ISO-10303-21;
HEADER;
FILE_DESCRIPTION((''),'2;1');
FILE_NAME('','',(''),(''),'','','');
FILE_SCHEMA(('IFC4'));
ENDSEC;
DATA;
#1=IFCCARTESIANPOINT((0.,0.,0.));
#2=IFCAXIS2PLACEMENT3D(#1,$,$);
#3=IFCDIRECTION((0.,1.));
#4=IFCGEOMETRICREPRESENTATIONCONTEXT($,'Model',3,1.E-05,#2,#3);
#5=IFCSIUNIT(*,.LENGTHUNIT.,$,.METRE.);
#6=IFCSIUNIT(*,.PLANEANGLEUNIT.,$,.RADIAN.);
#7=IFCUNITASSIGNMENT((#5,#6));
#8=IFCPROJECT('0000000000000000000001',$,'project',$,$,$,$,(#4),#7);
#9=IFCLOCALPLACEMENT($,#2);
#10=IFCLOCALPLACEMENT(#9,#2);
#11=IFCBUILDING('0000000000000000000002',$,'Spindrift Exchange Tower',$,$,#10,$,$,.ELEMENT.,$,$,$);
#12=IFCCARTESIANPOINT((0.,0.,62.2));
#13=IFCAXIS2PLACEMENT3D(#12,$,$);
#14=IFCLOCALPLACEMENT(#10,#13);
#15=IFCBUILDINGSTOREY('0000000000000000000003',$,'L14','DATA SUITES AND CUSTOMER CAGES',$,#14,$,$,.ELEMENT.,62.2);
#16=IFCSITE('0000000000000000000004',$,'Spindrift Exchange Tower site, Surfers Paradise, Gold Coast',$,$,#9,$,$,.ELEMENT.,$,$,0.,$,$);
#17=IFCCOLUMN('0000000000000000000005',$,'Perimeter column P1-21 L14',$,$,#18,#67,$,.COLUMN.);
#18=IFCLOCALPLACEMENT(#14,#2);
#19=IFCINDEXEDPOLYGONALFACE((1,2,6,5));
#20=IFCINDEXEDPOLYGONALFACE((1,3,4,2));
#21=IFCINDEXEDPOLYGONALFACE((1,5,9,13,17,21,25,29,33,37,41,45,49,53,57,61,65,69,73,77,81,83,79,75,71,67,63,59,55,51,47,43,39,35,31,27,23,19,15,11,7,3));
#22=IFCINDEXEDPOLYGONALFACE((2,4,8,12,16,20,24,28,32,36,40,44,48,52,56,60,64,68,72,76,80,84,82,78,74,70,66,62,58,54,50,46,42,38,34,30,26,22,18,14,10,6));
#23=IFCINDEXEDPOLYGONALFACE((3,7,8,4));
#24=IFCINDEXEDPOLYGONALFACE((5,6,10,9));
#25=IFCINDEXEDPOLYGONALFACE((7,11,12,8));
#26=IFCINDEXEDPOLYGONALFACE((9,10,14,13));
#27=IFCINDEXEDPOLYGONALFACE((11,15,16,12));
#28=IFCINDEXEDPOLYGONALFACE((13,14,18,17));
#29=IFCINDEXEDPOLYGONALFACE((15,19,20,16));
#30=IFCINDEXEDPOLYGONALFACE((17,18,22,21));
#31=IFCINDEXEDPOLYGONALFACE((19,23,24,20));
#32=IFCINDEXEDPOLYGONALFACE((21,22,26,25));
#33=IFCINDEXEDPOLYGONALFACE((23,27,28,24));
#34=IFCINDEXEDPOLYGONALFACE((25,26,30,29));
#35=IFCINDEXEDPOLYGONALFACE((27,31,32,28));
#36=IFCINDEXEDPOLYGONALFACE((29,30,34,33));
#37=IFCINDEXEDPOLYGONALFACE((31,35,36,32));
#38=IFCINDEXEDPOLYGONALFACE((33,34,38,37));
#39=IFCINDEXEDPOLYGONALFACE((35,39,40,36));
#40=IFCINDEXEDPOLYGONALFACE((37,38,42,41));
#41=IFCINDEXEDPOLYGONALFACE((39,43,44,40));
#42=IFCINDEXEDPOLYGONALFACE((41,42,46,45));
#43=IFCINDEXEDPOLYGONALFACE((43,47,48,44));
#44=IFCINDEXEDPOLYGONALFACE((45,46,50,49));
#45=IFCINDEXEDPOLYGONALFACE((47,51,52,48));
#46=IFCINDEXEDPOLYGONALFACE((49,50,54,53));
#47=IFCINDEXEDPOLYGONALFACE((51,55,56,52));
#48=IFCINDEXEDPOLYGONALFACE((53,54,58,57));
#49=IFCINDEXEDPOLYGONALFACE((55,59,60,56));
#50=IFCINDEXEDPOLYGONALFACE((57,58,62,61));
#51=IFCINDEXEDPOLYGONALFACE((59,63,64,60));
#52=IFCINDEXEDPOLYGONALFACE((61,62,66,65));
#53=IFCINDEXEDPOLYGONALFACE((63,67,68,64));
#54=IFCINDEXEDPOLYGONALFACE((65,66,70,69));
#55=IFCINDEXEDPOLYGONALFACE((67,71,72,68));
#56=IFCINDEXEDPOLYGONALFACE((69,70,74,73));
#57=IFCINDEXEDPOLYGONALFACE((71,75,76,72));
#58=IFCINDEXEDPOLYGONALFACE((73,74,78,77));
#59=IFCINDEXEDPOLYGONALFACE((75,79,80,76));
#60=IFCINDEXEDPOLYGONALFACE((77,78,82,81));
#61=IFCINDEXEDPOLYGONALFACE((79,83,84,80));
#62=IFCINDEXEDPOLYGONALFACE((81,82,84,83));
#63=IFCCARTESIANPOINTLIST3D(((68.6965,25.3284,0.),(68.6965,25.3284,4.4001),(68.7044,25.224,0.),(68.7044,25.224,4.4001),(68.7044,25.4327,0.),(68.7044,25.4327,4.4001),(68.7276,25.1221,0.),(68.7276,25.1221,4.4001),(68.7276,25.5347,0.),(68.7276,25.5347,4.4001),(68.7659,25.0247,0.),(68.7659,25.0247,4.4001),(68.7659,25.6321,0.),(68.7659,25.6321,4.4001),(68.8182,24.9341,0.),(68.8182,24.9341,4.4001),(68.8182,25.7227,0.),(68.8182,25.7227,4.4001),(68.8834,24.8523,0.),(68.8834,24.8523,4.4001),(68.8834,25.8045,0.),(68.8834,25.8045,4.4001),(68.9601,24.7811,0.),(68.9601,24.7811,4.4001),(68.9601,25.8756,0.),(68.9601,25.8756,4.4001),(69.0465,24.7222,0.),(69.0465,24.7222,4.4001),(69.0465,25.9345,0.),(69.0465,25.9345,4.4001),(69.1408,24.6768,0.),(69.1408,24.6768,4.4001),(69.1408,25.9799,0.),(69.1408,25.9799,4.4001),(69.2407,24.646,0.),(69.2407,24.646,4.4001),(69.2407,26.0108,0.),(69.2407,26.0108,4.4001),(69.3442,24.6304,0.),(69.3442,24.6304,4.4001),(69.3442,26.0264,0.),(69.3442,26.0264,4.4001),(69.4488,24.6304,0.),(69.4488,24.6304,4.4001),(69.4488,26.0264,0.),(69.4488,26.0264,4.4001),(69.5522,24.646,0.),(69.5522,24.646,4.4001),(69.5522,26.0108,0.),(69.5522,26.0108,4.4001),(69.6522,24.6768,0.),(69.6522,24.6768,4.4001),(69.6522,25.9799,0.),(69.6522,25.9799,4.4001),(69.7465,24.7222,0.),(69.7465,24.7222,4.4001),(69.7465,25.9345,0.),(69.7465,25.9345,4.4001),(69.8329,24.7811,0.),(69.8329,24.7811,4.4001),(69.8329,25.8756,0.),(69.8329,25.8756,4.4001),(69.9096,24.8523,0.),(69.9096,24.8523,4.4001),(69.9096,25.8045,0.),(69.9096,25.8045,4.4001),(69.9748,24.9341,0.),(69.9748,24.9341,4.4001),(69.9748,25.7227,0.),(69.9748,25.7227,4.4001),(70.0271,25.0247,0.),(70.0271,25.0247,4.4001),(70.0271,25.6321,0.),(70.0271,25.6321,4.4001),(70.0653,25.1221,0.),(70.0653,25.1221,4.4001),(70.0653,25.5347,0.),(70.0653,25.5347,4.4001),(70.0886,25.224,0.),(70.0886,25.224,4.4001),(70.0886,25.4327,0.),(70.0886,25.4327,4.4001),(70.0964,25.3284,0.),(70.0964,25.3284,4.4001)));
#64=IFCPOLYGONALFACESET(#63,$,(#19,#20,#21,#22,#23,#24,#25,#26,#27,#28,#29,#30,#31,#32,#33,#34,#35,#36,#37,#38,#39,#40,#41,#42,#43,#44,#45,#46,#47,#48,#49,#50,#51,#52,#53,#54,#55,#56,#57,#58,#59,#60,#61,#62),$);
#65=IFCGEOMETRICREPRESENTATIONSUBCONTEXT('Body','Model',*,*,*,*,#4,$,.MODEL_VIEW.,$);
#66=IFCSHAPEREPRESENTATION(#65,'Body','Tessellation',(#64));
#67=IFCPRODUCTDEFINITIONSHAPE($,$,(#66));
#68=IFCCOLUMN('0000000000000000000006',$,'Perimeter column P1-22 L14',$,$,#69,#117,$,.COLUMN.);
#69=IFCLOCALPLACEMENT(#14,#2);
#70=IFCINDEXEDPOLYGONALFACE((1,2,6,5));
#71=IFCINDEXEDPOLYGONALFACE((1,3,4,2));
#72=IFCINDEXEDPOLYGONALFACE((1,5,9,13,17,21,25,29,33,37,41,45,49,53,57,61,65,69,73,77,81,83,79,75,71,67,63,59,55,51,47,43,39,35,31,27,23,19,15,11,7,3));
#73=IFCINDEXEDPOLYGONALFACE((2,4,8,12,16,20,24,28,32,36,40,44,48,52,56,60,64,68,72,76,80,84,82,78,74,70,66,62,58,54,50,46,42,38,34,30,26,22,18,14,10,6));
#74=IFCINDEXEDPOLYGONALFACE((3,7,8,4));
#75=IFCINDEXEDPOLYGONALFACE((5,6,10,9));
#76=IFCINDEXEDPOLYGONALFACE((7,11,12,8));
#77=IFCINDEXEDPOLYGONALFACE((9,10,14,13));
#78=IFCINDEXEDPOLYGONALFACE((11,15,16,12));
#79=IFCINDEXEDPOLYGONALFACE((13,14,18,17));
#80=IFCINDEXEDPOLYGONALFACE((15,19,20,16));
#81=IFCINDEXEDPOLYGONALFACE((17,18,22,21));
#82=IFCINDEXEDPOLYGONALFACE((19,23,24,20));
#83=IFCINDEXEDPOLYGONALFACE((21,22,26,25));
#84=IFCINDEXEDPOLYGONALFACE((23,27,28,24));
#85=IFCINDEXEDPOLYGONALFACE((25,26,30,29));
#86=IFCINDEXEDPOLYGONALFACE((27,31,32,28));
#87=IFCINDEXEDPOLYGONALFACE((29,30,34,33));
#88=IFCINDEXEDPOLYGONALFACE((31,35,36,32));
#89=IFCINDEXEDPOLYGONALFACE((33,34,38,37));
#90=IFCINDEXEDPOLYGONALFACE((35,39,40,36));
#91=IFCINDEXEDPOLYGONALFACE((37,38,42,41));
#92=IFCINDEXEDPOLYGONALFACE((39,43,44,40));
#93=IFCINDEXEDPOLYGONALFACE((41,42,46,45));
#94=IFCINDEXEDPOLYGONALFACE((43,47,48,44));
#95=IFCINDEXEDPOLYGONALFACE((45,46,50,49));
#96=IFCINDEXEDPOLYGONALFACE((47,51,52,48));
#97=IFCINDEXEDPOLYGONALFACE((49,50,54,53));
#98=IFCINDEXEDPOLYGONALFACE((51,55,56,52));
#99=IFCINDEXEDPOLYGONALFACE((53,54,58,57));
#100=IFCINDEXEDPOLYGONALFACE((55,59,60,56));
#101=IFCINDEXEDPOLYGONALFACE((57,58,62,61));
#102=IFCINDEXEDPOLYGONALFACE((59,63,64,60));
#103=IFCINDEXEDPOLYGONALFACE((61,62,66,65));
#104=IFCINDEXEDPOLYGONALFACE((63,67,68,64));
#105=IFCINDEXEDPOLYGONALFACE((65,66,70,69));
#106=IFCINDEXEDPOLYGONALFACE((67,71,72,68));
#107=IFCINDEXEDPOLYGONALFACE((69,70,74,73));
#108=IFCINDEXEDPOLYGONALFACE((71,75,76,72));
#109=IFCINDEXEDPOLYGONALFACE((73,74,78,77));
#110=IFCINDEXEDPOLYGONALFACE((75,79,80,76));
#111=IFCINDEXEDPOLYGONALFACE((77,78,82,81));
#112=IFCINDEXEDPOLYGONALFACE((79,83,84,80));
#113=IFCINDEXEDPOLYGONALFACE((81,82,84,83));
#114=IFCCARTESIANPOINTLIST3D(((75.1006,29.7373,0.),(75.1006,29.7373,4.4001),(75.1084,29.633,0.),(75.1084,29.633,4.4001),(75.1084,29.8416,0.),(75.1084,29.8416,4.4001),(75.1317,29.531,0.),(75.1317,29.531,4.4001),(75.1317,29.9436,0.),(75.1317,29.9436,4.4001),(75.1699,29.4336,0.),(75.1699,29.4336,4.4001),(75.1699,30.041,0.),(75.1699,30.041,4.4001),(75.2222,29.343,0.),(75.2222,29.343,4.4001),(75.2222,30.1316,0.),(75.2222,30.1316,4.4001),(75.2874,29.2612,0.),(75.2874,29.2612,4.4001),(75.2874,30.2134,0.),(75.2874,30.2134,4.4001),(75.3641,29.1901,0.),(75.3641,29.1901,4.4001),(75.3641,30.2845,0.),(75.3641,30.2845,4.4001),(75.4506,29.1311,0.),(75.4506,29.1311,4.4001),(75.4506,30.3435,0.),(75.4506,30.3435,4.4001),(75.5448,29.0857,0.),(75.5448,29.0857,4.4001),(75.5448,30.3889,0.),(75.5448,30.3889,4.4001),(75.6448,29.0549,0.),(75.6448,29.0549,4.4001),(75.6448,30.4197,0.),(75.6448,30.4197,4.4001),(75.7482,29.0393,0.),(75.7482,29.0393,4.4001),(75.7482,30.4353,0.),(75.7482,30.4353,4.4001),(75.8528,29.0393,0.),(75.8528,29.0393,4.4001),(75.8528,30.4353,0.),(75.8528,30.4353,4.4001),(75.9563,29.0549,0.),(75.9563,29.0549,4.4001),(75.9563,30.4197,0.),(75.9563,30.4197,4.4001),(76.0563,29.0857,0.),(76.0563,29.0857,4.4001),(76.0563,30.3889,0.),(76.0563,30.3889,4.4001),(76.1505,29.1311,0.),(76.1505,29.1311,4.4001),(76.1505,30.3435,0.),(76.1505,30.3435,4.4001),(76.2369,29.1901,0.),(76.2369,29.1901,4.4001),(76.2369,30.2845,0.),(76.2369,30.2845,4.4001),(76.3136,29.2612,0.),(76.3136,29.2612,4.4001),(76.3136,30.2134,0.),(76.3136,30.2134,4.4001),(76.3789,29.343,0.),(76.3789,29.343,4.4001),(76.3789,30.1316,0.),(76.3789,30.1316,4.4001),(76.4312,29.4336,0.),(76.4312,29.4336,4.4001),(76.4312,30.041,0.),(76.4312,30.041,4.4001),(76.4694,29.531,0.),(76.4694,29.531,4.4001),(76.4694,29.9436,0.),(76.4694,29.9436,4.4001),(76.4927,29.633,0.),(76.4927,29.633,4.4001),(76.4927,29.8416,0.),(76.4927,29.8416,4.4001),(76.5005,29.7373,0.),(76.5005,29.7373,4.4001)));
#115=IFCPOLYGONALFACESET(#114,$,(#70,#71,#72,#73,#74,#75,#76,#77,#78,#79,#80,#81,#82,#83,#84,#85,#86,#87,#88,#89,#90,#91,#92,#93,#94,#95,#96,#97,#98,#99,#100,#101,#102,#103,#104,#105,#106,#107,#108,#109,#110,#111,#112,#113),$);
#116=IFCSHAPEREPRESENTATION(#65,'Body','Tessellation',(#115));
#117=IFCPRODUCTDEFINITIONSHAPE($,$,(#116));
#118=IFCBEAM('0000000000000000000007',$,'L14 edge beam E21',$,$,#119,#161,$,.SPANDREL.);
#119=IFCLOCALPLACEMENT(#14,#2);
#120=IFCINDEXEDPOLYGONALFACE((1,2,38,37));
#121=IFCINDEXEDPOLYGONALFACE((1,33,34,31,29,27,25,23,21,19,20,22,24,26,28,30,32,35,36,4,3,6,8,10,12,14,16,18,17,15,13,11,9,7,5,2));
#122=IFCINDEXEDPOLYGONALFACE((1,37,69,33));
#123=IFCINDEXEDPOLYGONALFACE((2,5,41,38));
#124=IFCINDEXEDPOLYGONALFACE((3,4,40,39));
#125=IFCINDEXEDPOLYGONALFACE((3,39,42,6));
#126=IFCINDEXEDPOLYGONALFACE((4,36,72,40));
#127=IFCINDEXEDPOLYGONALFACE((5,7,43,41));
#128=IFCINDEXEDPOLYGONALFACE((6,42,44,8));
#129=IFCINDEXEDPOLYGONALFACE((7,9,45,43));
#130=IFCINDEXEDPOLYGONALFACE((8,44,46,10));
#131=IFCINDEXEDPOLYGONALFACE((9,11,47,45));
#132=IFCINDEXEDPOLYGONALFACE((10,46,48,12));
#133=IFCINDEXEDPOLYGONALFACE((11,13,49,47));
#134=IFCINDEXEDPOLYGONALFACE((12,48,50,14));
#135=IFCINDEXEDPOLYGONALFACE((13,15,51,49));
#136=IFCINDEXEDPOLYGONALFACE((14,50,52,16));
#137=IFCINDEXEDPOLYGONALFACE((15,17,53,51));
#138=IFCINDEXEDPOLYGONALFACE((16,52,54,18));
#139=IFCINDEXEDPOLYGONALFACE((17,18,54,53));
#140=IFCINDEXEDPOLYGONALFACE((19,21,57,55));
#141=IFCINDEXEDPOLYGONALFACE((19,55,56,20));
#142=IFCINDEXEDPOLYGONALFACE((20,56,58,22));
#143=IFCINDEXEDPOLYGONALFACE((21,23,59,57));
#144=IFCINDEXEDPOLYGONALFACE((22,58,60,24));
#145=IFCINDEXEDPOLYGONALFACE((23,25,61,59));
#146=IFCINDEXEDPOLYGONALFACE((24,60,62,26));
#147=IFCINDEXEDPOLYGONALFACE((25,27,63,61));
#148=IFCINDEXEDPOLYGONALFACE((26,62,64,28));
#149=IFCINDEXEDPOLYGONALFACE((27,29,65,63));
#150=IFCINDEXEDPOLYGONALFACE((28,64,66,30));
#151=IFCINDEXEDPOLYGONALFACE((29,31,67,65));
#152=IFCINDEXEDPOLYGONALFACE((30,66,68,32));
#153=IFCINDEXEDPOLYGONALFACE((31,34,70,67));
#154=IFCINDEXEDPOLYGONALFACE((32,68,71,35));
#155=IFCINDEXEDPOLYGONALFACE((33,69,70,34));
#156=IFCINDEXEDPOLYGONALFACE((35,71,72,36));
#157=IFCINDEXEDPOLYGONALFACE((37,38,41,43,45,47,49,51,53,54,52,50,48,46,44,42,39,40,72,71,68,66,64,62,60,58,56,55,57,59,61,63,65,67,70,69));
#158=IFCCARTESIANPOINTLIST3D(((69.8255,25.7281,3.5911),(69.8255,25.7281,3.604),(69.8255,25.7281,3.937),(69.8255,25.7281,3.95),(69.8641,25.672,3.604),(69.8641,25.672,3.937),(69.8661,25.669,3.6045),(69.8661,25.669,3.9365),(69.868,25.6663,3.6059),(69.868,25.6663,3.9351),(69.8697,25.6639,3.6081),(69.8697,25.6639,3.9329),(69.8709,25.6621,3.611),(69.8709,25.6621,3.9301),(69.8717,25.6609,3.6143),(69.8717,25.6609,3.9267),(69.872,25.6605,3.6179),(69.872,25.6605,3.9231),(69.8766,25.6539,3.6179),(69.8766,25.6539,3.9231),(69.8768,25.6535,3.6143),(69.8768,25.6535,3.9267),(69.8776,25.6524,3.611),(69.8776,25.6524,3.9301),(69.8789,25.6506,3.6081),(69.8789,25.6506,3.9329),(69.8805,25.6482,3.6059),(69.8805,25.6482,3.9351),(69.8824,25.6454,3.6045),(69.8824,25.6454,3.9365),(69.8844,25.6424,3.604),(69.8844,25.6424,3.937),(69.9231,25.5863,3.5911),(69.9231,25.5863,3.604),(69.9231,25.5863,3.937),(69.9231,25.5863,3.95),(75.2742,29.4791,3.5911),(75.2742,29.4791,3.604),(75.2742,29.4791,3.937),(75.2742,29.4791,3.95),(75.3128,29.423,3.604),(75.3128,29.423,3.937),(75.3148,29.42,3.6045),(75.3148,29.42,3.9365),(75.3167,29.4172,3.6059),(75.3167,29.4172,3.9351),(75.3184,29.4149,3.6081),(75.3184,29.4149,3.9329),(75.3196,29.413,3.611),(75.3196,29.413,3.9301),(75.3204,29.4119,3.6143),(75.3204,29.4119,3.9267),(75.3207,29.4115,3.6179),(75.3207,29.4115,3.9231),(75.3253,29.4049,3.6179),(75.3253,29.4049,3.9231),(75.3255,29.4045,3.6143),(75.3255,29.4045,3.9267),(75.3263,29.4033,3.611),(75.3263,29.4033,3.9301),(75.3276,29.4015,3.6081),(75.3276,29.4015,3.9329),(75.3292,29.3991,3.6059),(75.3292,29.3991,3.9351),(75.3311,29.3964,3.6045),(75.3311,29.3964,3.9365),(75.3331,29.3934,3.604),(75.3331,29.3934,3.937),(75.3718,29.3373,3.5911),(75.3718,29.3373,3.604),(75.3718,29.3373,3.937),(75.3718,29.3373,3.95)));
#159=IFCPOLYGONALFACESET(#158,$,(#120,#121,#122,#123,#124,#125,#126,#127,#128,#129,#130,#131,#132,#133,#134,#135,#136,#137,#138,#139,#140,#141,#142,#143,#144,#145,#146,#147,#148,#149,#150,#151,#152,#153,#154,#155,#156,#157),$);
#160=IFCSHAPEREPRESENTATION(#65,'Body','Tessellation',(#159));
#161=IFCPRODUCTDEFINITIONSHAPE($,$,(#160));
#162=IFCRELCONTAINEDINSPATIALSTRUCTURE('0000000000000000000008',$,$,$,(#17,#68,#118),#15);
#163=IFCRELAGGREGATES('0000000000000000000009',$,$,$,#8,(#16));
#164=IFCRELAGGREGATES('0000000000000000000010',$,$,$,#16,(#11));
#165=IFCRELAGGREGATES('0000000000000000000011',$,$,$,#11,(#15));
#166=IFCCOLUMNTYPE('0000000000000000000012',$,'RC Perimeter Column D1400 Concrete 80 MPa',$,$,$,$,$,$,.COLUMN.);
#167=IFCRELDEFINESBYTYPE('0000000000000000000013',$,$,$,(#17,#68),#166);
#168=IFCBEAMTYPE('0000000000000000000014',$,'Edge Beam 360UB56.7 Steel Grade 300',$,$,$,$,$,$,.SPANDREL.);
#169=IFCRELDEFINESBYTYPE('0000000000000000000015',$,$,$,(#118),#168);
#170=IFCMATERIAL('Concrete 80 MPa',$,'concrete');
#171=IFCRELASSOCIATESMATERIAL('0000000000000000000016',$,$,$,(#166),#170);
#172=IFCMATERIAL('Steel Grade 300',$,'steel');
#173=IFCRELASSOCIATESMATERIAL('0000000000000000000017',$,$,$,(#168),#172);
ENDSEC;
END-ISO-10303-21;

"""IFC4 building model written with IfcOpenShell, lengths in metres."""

from ifc_helpers import new_model, si_unit, direction, frame, origin, origin_2d, place, context, subcontext, project, spatial, circle, i_section, extrude, source, transform, mapped, material, material_profile, profile_set, type_object, element, save


model = new_model("IFC4")

# Units and contexts
model_context = context("Model", 3, precision=1e-05, world=origin(), true_north=direction((0.0, 1.0)))
body_context = subcontext(model_context, "Body", "Model", "MODEL_VIEW")
ifc_project = project(units=[si_unit("LENGTHUNIT", "METRE"), si_unit("PLANEANGLEUNIT", "RADIAN")], contexts=[model_context])

# Site, building, storey
site_placement = place(None, origin())
site = spatial("IfcSite", under=ifc_project, at=site_placement, Name="Spindrift Exchange Tower site, Surfers Paradise, Gold Coast", CompositionType="ELEMENT", RefElevation=0.0)
building_placement = place(site_placement, origin())
building = spatial("IfcBuilding", under=site, at=building_placement, Name="Spindrift Exchange Tower", CompositionType="ELEMENT")
storey_placement = place(building_placement, frame((0.0, 0.0, 62.2)))
storey = spatial("IfcBuildingStorey", under=building, at=storey_placement, Name="L14", Description="DATA SUITES AND CUSTOMER CAGES", CompositionType="ELEMENT", Elevation=62.2)

# Columns
ifc_material_1 = material(Name="Concrete 80 MPa", Category="concrete")
ifc_material_profile_1 = material_profile(ifc_material_1, circle(Radius=0.7, at=origin_2d()), Name="RC D1400")
ifc_profile_set_1 = profile_set([ifc_material_profile_1], Name="Concrete 80 MPa")
column_type = type_object("IfcColumnType", Name="RC Perimeter Column D1400 Concrete 80 MPa", PredefinedType="COLUMN", material=ifc_profile_set_1)
shared_shape_1 = source(origin(), body_context, "Body", "SweptSolid", [
    extrude(circle(Radius=0.7, at=origin_2d()), origin(), (0.0, 0.0, 1.0), 4.4001),
])
for number, where, z_axis, x_axis, name in (
    (1, (69.3965, 25.3284, 0.0), (0.0, 0.0, 1.0), (1.0, 0.0, 0.0), "Perimeter column P1-21 L14"),
    (2, (75.8005, 29.7373, 0.0), (0.0, 0.0, 1.0), (1.0, 0.0, 0.0), "Perimeter column P1-22 L14"),
):
    element("IfcColumn", number, at=place(storey_placement, frame(where, z_axis=z_axis, x_axis=x_axis)), inside=storey, type_object=column_type, Name=name, PredefinedType="COLUMN", context=body_context, shape_type="MappedRepresentation", body=[
        mapped(shared_shape_1, transform((0.0, 0.0, 0.0), scale=1.0)),
    ])

# Beam
ifc_material_2 = material(Name="Steel Grade 300", Category="steel")
ifc_material_profile_2 = material_profile(ifc_material_2, i_section(OverallWidth=0.1721, OverallDepth=0.3589, WebThickness=0.0081, FlangeThickness=0.0129, FilletRadius=0.0139, at=origin_2d()), Name="360UB56.7")
ifc_profile_set_2 = profile_set([ifc_material_profile_2], Name="Steel Grade 300")
beam_type_1 = type_object("IfcBeamType", Name="Edge Beam 360UB56.7 Steel Grade 300", PredefinedType="SPANDREL", material=ifc_profile_set_2)
shared_shape_2 = source(origin(), body_context, "Body", "SweptSolid", [
    extrude(i_section(OverallWidth=0.1721, OverallDepth=0.3589, WebThickness=0.0081, FlangeThickness=0.0129, FilletRadius=0.0139, at=origin_2d()), origin(), (0.0, 0.0, 1.0), 6.615),
])
beam_1_placement = place(storey_placement, frame((69.8743, 25.6572, 3.7705), z_axis=(0.823691, 0.567039, 0.0), x_axis=(-0.567039, 0.823691, 0.0)))
element("IfcBeam", 3, at=beam_1_placement, inside=storey, type_object=beam_type_1, Name="L14 edge beam E21", PredefinedType="SPANDREL", context=body_context, shape_type="MappedRepresentation", body=[
    mapped(shared_shape_2, transform((0.0, 0.0, 0.0), scale=1.0)),
])

save(model, "model.ifc")
